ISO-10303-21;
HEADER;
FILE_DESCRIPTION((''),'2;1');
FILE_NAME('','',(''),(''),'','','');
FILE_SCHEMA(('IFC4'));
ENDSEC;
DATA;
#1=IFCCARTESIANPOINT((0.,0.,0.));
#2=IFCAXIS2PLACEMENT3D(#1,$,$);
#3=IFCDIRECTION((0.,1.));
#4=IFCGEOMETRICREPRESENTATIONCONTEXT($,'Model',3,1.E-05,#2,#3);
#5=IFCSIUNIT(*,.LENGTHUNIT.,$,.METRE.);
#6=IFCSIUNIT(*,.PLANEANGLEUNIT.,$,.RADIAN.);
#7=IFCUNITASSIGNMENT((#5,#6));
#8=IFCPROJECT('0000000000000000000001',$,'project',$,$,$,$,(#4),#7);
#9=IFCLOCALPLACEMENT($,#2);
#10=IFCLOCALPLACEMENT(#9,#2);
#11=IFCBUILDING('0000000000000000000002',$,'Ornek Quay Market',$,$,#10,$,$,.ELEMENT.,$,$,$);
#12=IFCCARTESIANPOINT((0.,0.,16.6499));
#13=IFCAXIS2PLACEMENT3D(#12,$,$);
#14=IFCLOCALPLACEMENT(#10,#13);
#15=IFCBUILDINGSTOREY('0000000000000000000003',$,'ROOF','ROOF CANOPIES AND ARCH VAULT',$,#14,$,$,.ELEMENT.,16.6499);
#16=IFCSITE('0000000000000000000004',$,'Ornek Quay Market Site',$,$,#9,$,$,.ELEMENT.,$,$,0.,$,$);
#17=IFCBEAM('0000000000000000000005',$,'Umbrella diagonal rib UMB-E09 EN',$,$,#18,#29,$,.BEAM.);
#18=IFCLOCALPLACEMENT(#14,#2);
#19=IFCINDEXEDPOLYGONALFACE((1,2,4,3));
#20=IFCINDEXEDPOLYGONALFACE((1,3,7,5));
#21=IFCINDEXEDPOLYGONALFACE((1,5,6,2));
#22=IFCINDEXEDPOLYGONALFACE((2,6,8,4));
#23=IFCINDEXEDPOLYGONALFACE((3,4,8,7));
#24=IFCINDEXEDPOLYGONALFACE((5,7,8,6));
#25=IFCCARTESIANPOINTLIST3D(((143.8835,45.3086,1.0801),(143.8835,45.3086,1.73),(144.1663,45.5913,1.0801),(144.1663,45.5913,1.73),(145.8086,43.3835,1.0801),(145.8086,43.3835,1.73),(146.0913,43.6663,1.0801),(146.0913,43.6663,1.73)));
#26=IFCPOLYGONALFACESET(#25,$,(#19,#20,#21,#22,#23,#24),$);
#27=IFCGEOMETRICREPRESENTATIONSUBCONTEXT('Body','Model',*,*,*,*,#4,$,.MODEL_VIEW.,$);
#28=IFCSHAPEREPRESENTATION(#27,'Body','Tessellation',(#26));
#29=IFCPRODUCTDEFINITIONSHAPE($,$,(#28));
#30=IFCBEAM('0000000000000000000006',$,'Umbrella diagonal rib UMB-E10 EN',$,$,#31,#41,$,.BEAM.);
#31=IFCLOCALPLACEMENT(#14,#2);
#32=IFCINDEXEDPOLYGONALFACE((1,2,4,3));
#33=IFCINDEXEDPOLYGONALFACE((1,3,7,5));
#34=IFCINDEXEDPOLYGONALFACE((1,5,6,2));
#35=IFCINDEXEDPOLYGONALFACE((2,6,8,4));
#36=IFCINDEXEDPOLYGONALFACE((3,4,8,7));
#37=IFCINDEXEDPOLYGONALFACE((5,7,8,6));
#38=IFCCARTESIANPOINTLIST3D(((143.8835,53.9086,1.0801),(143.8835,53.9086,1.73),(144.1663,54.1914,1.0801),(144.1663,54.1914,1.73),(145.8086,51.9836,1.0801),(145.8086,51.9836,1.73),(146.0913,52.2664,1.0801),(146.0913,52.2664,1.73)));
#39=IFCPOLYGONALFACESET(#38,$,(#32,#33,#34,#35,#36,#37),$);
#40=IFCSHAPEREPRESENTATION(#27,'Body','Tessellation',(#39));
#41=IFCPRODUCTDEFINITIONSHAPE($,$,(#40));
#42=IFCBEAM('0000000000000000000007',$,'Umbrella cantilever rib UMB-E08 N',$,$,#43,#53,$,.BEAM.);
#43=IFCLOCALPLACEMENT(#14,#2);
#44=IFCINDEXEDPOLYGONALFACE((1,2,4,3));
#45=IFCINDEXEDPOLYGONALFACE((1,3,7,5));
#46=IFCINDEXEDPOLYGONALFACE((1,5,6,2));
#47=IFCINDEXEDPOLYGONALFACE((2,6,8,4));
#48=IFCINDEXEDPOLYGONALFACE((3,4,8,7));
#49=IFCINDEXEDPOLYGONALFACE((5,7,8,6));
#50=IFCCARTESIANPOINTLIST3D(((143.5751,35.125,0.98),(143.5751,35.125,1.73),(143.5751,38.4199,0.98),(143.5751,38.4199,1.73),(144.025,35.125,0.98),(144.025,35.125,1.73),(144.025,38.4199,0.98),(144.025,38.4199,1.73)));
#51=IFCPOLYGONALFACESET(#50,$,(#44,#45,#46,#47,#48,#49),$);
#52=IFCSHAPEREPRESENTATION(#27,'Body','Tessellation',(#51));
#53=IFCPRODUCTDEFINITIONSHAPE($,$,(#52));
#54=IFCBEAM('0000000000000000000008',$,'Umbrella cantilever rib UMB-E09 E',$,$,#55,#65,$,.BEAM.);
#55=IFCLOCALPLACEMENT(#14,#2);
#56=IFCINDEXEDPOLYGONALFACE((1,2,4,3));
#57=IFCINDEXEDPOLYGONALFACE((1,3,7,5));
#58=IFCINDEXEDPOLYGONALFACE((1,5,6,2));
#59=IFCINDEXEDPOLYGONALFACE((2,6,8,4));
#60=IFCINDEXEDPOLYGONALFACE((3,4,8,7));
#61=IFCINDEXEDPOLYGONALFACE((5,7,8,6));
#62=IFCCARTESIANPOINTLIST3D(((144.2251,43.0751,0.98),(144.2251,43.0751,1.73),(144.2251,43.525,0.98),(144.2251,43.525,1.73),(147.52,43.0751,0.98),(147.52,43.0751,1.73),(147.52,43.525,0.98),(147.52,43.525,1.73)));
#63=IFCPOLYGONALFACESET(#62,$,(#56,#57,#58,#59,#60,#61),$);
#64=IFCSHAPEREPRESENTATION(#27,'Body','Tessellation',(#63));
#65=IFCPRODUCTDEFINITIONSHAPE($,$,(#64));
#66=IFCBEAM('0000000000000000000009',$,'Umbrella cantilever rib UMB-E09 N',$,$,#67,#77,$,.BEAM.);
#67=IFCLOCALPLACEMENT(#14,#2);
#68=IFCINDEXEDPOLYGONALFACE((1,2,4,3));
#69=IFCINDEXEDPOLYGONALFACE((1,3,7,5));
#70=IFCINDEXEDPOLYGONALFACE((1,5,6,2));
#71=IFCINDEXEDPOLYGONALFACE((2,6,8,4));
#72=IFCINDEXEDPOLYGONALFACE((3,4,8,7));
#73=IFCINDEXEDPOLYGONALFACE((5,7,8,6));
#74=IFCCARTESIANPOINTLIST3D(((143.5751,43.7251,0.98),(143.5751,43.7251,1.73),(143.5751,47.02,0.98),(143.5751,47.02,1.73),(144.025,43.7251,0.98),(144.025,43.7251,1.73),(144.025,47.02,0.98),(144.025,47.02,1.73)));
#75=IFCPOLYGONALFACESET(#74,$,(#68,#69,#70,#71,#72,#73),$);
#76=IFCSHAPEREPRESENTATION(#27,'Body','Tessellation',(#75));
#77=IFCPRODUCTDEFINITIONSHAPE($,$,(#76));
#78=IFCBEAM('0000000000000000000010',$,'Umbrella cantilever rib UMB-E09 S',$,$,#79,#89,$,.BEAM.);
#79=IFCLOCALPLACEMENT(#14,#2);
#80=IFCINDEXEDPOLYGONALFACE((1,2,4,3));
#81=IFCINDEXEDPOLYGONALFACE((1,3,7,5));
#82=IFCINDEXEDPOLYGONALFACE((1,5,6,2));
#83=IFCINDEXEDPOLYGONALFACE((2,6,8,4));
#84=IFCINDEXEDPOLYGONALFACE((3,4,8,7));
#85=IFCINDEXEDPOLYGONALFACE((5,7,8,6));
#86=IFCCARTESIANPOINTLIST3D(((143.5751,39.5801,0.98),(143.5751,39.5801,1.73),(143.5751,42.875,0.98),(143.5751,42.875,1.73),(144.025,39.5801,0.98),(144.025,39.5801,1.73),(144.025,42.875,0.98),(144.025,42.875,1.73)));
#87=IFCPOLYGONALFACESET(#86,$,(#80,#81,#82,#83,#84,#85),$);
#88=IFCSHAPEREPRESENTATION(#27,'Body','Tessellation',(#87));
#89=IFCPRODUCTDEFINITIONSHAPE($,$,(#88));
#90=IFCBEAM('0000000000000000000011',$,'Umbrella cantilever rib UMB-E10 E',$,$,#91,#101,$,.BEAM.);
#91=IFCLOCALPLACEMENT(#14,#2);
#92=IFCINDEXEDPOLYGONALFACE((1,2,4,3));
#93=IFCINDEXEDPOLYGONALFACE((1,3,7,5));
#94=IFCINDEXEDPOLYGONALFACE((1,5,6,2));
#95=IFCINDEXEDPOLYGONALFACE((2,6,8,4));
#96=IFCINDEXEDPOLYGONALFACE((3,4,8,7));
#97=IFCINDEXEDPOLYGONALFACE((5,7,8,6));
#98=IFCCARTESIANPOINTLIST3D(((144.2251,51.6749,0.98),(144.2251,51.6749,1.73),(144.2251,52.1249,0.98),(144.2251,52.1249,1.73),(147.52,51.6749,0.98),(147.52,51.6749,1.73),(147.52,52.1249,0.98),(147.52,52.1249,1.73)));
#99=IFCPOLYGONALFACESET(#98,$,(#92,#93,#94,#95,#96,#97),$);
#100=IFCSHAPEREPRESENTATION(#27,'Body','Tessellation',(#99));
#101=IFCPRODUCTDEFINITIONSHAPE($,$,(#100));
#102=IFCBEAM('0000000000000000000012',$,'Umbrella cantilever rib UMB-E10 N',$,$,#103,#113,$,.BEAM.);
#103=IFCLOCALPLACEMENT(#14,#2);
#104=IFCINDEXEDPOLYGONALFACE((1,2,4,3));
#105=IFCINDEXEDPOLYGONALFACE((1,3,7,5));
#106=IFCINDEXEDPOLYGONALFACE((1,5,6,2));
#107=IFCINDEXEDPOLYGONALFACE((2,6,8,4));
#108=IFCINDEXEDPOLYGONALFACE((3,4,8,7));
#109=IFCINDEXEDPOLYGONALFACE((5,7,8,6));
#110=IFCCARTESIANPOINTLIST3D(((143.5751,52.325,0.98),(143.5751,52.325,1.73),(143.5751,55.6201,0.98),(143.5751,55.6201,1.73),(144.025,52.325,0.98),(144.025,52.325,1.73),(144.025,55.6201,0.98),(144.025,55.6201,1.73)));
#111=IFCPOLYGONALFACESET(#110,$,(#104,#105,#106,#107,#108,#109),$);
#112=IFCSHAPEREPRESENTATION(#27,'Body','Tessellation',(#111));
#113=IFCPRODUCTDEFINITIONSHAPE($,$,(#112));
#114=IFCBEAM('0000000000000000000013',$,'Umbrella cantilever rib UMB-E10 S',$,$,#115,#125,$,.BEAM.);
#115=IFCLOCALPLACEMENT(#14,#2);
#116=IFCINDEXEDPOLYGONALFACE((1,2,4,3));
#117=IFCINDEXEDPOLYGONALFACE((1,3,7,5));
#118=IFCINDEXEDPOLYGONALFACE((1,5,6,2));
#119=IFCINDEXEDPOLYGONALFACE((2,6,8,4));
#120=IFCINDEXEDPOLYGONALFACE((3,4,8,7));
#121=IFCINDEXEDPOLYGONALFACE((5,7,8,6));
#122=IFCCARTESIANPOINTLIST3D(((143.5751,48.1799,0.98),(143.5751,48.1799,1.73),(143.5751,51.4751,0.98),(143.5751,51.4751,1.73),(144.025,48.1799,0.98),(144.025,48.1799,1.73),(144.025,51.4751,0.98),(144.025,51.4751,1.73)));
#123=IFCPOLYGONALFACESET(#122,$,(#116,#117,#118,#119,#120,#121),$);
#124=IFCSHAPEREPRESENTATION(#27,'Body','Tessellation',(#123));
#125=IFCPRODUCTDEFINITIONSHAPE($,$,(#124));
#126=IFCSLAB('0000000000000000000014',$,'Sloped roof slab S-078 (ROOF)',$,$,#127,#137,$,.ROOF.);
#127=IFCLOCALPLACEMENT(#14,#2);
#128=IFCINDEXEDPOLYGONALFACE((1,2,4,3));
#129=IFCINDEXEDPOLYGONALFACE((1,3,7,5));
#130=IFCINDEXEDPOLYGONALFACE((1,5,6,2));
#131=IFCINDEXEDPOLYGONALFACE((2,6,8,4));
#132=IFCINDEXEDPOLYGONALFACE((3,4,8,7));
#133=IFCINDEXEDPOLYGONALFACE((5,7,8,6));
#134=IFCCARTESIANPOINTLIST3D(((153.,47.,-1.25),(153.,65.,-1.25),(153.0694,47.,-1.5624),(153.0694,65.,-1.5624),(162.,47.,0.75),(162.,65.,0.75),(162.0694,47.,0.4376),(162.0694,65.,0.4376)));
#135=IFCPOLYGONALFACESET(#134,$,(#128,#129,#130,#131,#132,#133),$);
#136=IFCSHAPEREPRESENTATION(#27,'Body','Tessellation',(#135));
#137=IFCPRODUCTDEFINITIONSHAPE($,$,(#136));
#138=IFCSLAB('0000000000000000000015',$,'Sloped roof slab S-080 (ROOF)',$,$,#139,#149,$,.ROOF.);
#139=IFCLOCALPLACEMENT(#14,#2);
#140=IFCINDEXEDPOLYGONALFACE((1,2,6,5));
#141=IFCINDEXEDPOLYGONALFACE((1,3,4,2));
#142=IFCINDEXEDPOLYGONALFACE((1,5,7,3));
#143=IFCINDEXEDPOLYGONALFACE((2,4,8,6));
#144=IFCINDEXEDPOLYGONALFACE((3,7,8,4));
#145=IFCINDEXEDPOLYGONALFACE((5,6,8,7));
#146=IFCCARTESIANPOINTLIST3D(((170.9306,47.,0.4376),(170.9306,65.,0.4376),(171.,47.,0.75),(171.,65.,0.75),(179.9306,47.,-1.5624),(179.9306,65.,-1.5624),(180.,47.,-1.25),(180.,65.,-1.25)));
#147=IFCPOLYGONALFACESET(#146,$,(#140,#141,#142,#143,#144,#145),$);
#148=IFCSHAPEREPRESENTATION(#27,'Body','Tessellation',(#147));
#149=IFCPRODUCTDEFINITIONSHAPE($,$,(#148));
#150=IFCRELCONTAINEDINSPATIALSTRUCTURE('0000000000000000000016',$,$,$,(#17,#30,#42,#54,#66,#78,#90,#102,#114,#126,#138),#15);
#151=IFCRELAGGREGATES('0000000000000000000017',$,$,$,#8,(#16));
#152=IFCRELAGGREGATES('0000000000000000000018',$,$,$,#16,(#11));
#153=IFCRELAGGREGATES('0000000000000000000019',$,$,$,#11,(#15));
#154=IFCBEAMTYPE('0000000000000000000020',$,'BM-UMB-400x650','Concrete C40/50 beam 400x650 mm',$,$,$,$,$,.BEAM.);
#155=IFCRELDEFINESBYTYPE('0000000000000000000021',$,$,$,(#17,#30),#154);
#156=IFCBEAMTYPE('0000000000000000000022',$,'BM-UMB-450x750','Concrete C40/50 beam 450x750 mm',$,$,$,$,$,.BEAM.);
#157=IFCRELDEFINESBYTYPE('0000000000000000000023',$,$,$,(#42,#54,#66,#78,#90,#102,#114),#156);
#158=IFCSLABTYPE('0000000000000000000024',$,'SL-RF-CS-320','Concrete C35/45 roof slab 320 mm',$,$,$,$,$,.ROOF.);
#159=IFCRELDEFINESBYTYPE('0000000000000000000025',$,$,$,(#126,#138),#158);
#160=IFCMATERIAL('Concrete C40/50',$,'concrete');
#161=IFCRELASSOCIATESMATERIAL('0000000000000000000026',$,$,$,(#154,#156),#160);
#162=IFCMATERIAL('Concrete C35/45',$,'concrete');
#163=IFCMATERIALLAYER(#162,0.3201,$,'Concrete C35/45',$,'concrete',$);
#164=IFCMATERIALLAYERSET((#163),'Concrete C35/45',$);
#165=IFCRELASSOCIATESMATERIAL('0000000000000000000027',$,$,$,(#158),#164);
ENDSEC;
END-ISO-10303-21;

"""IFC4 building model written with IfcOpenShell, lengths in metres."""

from ifc_helpers import new_model, si_unit, direction, frame, origin, origin_2d, place, context, subcontext, project, spatial, polyline, rectangle, outline, extrude, material, layer, layer_set, material_profile, profile_set, type_object, element, save


model = new_model("IFC4")

# Units and contexts
model_context = context("Model", 3, precision=1e-05, world=origin(), true_north=direction((0.0, 1.0)))
body_context = subcontext(model_context, "Body", "Model", "MODEL_VIEW")
ifc_project = project(units=[si_unit("LENGTHUNIT", "METRE"), si_unit("PLANEANGLEUNIT", "RADIAN")], contexts=[model_context])

# Site, building, storey
site_placement = place(None, origin())
site = spatial("IfcSite", under=ifc_project, at=site_placement, Name="Ornek Quay Market Site", CompositionType="ELEMENT", RefElevation=0.0)
building_placement = place(site_placement, origin())
building = spatial("IfcBuilding", under=site, at=building_placement, Name="Ornek Quay Market", CompositionType="ELEMENT")
storey_placement = place(building_placement, frame((0.0, 0.0, 16.6499)))
storey = spatial("IfcBuildingStorey", under=building, at=storey_placement, Name="ROOF", Description="ROOF CANOPIES AND ARCH VAULT", CompositionType="ELEMENT", Elevation=16.6499)

# Beams
ifc_material_1 = material(Name="Concrete C35/45", Category="concrete")
ifc_material_2 = material(Name="Concrete C40/50", Category="concrete")
ifc_material_profile_1 = material_profile(ifc_material_2, rectangle(XDim=0.3999, YDim=0.6499, at=origin_2d()), Name="RC 400x650", Category="concrete")
ifc_profile_set_1 = profile_set([ifc_material_profile_1], Name="Concrete C40/50")
beam_type_1 = type_object("IfcBeamType", Name="BM-UMB-400x650", Description="Concrete C40/50 beam 400x650 mm", PredefinedType="BEAM", material=ifc_profile_set_1)
for number, where, z_axis, x_axis, name in (
    (1, (145.95, 43.5249, 1.405), (-0.707107, 0.707107, 0.0), (-0.707107, -0.707107, 0.0), "Umbrella diagonal rib UMB-E09 EN"),
    (2, (145.95, 52.125, 1.405), (-0.707107, 0.707107, 0.0), (-0.707107, -0.707107, 0.0), "Umbrella diagonal rib UMB-E10 EN"),
):
    element("IfcBeam", number, at=place(storey_placement, frame(where, z_axis=z_axis, x_axis=x_axis)), inside=storey, type_object=beam_type_1, Name=name, PredefinedType="BEAM", context=body_context, shape_type="SweptSolid", body=[
        extrude(rectangle(XDim=0.3999, YDim=0.6499, at=origin_2d()), origin(), (0.0, 0.0, 1.0), 2.7224),
    ])
ifc_material_profile_2 = material_profile(ifc_material_2, rectangle(XDim=0.45, YDim=0.75, at=origin_2d()), Name="RC 450x750", Category="concrete")
ifc_profile_set_2 = profile_set([ifc_material_profile_2], Name="Concrete C40/50")
beam_type_2 = type_object("IfcBeamType", Name="BM-UMB-450x750", Description="Concrete C40/50 beam 450x750 mm", PredefinedType="BEAM", material=ifc_profile_set_2)
for number, where, z_axis, x_axis, name in (
    (3, (143.8, 35.125, 1.355), (0.0, 1.0, 0.0), (-1.0, 0.0, 0.0), "Umbrella cantilever rib UMB-E08 N"),
    (4, (144.2251, 43.3, 1.355), (1.0, 0.0, 0.0), (0.0, 1.0, 0.0), "Umbrella cantilever rib UMB-E09 E"),
    (5, (143.8, 43.7251, 1.355), (0.0, 1.0, 0.0), (-1.0, 0.0, 0.0), "Umbrella cantilever rib UMB-E09 N"),
    (6, (143.8, 42.875, 1.355), (0.0, -1.0, 0.0), (1.0, 0.0, 0.0), "Umbrella cantilever rib UMB-E09 S"),
    (7, (144.2251, 51.8999, 1.355), (1.0, 0.0, 0.0), (0.0, 1.0, 0.0), "Umbrella cantilever rib UMB-E10 E"),
):
    element("IfcBeam", number, at=place(storey_placement, frame(where, z_axis=z_axis, x_axis=x_axis)), inside=storey, type_object=beam_type_2, Name=name, PredefinedType="BEAM", context=body_context, shape_type="SweptSolid", body=[
        extrude(rectangle(XDim=0.45, YDim=0.75, at=origin_2d()), origin(), (0.0, 0.0, 1.0), 3.2949),
    ])
for number, where, z_axis, x_axis, name in (
    (8, (143.8, 52.325, 1.355), (0.0, 1.0, 0.0), (-1.0, 0.0, 0.0), "Umbrella cantilever rib UMB-E10 N"),
    (9, (143.8, 51.4751, 1.355), (0.0, -1.0, 0.0), (1.0, 0.0, 0.0), "Umbrella cantilever rib UMB-E10 S"),
):
    element("IfcBeam", number, at=place(storey_placement, frame(where, z_axis=z_axis, x_axis=x_axis)), inside=storey, type_object=beam_type_2, Name=name, PredefinedType="BEAM", context=body_context, shape_type="SweptSolid", body=[
        extrude(rectangle(XDim=0.45, YDim=0.75, at=origin_2d()), origin(), (0.0, 0.0, 1.0), 3.2952),
    ])

# Slabs
ifc_layer = layer(ifc_material_1, 0.3201, Name="Concrete C35/45", Category="concrete")
ifc_layer_set = layer_set([ifc_layer], Name="Concrete C35/45")
slab_type = type_object("IfcSlabType", Name="SL-RF-CS-320", Description="Concrete C35/45 roof slab 320 mm", PredefinedType="ROOF", material=ifc_layer_set)
for number, where, z_axis, x_axis, name in (
    (10, (153.0, 47.0, -1.25), (-0.21693, 0.0, 0.976187), (0.976187, 0.0, 0.21693), "Sloped roof slab S-078 (ROOF)"),
    (11, (171.0, 47.0, 0.75), (0.21693, 0.0, 0.976187), (0.976187, 0.0, -0.21693), "Sloped roof slab S-080 (ROOF)"),
):
    element("IfcSlab", number, at=place(storey_placement, frame(where, z_axis=z_axis, x_axis=x_axis)), inside=storey, type_object=slab_type, Name=name, PredefinedType="ROOF", context=body_context, shape_type="SweptSolid", body=[
        extrude(outline(polyline([(0.0, 0.0), (9.2195, 0.0), (9.2195, 18.0), (0.0, 18.0), (0.0, 0.0)])), origin(), (0.0, 0.0, -1.0), 0.3201),
    ])

save(model, "model.ifc")
